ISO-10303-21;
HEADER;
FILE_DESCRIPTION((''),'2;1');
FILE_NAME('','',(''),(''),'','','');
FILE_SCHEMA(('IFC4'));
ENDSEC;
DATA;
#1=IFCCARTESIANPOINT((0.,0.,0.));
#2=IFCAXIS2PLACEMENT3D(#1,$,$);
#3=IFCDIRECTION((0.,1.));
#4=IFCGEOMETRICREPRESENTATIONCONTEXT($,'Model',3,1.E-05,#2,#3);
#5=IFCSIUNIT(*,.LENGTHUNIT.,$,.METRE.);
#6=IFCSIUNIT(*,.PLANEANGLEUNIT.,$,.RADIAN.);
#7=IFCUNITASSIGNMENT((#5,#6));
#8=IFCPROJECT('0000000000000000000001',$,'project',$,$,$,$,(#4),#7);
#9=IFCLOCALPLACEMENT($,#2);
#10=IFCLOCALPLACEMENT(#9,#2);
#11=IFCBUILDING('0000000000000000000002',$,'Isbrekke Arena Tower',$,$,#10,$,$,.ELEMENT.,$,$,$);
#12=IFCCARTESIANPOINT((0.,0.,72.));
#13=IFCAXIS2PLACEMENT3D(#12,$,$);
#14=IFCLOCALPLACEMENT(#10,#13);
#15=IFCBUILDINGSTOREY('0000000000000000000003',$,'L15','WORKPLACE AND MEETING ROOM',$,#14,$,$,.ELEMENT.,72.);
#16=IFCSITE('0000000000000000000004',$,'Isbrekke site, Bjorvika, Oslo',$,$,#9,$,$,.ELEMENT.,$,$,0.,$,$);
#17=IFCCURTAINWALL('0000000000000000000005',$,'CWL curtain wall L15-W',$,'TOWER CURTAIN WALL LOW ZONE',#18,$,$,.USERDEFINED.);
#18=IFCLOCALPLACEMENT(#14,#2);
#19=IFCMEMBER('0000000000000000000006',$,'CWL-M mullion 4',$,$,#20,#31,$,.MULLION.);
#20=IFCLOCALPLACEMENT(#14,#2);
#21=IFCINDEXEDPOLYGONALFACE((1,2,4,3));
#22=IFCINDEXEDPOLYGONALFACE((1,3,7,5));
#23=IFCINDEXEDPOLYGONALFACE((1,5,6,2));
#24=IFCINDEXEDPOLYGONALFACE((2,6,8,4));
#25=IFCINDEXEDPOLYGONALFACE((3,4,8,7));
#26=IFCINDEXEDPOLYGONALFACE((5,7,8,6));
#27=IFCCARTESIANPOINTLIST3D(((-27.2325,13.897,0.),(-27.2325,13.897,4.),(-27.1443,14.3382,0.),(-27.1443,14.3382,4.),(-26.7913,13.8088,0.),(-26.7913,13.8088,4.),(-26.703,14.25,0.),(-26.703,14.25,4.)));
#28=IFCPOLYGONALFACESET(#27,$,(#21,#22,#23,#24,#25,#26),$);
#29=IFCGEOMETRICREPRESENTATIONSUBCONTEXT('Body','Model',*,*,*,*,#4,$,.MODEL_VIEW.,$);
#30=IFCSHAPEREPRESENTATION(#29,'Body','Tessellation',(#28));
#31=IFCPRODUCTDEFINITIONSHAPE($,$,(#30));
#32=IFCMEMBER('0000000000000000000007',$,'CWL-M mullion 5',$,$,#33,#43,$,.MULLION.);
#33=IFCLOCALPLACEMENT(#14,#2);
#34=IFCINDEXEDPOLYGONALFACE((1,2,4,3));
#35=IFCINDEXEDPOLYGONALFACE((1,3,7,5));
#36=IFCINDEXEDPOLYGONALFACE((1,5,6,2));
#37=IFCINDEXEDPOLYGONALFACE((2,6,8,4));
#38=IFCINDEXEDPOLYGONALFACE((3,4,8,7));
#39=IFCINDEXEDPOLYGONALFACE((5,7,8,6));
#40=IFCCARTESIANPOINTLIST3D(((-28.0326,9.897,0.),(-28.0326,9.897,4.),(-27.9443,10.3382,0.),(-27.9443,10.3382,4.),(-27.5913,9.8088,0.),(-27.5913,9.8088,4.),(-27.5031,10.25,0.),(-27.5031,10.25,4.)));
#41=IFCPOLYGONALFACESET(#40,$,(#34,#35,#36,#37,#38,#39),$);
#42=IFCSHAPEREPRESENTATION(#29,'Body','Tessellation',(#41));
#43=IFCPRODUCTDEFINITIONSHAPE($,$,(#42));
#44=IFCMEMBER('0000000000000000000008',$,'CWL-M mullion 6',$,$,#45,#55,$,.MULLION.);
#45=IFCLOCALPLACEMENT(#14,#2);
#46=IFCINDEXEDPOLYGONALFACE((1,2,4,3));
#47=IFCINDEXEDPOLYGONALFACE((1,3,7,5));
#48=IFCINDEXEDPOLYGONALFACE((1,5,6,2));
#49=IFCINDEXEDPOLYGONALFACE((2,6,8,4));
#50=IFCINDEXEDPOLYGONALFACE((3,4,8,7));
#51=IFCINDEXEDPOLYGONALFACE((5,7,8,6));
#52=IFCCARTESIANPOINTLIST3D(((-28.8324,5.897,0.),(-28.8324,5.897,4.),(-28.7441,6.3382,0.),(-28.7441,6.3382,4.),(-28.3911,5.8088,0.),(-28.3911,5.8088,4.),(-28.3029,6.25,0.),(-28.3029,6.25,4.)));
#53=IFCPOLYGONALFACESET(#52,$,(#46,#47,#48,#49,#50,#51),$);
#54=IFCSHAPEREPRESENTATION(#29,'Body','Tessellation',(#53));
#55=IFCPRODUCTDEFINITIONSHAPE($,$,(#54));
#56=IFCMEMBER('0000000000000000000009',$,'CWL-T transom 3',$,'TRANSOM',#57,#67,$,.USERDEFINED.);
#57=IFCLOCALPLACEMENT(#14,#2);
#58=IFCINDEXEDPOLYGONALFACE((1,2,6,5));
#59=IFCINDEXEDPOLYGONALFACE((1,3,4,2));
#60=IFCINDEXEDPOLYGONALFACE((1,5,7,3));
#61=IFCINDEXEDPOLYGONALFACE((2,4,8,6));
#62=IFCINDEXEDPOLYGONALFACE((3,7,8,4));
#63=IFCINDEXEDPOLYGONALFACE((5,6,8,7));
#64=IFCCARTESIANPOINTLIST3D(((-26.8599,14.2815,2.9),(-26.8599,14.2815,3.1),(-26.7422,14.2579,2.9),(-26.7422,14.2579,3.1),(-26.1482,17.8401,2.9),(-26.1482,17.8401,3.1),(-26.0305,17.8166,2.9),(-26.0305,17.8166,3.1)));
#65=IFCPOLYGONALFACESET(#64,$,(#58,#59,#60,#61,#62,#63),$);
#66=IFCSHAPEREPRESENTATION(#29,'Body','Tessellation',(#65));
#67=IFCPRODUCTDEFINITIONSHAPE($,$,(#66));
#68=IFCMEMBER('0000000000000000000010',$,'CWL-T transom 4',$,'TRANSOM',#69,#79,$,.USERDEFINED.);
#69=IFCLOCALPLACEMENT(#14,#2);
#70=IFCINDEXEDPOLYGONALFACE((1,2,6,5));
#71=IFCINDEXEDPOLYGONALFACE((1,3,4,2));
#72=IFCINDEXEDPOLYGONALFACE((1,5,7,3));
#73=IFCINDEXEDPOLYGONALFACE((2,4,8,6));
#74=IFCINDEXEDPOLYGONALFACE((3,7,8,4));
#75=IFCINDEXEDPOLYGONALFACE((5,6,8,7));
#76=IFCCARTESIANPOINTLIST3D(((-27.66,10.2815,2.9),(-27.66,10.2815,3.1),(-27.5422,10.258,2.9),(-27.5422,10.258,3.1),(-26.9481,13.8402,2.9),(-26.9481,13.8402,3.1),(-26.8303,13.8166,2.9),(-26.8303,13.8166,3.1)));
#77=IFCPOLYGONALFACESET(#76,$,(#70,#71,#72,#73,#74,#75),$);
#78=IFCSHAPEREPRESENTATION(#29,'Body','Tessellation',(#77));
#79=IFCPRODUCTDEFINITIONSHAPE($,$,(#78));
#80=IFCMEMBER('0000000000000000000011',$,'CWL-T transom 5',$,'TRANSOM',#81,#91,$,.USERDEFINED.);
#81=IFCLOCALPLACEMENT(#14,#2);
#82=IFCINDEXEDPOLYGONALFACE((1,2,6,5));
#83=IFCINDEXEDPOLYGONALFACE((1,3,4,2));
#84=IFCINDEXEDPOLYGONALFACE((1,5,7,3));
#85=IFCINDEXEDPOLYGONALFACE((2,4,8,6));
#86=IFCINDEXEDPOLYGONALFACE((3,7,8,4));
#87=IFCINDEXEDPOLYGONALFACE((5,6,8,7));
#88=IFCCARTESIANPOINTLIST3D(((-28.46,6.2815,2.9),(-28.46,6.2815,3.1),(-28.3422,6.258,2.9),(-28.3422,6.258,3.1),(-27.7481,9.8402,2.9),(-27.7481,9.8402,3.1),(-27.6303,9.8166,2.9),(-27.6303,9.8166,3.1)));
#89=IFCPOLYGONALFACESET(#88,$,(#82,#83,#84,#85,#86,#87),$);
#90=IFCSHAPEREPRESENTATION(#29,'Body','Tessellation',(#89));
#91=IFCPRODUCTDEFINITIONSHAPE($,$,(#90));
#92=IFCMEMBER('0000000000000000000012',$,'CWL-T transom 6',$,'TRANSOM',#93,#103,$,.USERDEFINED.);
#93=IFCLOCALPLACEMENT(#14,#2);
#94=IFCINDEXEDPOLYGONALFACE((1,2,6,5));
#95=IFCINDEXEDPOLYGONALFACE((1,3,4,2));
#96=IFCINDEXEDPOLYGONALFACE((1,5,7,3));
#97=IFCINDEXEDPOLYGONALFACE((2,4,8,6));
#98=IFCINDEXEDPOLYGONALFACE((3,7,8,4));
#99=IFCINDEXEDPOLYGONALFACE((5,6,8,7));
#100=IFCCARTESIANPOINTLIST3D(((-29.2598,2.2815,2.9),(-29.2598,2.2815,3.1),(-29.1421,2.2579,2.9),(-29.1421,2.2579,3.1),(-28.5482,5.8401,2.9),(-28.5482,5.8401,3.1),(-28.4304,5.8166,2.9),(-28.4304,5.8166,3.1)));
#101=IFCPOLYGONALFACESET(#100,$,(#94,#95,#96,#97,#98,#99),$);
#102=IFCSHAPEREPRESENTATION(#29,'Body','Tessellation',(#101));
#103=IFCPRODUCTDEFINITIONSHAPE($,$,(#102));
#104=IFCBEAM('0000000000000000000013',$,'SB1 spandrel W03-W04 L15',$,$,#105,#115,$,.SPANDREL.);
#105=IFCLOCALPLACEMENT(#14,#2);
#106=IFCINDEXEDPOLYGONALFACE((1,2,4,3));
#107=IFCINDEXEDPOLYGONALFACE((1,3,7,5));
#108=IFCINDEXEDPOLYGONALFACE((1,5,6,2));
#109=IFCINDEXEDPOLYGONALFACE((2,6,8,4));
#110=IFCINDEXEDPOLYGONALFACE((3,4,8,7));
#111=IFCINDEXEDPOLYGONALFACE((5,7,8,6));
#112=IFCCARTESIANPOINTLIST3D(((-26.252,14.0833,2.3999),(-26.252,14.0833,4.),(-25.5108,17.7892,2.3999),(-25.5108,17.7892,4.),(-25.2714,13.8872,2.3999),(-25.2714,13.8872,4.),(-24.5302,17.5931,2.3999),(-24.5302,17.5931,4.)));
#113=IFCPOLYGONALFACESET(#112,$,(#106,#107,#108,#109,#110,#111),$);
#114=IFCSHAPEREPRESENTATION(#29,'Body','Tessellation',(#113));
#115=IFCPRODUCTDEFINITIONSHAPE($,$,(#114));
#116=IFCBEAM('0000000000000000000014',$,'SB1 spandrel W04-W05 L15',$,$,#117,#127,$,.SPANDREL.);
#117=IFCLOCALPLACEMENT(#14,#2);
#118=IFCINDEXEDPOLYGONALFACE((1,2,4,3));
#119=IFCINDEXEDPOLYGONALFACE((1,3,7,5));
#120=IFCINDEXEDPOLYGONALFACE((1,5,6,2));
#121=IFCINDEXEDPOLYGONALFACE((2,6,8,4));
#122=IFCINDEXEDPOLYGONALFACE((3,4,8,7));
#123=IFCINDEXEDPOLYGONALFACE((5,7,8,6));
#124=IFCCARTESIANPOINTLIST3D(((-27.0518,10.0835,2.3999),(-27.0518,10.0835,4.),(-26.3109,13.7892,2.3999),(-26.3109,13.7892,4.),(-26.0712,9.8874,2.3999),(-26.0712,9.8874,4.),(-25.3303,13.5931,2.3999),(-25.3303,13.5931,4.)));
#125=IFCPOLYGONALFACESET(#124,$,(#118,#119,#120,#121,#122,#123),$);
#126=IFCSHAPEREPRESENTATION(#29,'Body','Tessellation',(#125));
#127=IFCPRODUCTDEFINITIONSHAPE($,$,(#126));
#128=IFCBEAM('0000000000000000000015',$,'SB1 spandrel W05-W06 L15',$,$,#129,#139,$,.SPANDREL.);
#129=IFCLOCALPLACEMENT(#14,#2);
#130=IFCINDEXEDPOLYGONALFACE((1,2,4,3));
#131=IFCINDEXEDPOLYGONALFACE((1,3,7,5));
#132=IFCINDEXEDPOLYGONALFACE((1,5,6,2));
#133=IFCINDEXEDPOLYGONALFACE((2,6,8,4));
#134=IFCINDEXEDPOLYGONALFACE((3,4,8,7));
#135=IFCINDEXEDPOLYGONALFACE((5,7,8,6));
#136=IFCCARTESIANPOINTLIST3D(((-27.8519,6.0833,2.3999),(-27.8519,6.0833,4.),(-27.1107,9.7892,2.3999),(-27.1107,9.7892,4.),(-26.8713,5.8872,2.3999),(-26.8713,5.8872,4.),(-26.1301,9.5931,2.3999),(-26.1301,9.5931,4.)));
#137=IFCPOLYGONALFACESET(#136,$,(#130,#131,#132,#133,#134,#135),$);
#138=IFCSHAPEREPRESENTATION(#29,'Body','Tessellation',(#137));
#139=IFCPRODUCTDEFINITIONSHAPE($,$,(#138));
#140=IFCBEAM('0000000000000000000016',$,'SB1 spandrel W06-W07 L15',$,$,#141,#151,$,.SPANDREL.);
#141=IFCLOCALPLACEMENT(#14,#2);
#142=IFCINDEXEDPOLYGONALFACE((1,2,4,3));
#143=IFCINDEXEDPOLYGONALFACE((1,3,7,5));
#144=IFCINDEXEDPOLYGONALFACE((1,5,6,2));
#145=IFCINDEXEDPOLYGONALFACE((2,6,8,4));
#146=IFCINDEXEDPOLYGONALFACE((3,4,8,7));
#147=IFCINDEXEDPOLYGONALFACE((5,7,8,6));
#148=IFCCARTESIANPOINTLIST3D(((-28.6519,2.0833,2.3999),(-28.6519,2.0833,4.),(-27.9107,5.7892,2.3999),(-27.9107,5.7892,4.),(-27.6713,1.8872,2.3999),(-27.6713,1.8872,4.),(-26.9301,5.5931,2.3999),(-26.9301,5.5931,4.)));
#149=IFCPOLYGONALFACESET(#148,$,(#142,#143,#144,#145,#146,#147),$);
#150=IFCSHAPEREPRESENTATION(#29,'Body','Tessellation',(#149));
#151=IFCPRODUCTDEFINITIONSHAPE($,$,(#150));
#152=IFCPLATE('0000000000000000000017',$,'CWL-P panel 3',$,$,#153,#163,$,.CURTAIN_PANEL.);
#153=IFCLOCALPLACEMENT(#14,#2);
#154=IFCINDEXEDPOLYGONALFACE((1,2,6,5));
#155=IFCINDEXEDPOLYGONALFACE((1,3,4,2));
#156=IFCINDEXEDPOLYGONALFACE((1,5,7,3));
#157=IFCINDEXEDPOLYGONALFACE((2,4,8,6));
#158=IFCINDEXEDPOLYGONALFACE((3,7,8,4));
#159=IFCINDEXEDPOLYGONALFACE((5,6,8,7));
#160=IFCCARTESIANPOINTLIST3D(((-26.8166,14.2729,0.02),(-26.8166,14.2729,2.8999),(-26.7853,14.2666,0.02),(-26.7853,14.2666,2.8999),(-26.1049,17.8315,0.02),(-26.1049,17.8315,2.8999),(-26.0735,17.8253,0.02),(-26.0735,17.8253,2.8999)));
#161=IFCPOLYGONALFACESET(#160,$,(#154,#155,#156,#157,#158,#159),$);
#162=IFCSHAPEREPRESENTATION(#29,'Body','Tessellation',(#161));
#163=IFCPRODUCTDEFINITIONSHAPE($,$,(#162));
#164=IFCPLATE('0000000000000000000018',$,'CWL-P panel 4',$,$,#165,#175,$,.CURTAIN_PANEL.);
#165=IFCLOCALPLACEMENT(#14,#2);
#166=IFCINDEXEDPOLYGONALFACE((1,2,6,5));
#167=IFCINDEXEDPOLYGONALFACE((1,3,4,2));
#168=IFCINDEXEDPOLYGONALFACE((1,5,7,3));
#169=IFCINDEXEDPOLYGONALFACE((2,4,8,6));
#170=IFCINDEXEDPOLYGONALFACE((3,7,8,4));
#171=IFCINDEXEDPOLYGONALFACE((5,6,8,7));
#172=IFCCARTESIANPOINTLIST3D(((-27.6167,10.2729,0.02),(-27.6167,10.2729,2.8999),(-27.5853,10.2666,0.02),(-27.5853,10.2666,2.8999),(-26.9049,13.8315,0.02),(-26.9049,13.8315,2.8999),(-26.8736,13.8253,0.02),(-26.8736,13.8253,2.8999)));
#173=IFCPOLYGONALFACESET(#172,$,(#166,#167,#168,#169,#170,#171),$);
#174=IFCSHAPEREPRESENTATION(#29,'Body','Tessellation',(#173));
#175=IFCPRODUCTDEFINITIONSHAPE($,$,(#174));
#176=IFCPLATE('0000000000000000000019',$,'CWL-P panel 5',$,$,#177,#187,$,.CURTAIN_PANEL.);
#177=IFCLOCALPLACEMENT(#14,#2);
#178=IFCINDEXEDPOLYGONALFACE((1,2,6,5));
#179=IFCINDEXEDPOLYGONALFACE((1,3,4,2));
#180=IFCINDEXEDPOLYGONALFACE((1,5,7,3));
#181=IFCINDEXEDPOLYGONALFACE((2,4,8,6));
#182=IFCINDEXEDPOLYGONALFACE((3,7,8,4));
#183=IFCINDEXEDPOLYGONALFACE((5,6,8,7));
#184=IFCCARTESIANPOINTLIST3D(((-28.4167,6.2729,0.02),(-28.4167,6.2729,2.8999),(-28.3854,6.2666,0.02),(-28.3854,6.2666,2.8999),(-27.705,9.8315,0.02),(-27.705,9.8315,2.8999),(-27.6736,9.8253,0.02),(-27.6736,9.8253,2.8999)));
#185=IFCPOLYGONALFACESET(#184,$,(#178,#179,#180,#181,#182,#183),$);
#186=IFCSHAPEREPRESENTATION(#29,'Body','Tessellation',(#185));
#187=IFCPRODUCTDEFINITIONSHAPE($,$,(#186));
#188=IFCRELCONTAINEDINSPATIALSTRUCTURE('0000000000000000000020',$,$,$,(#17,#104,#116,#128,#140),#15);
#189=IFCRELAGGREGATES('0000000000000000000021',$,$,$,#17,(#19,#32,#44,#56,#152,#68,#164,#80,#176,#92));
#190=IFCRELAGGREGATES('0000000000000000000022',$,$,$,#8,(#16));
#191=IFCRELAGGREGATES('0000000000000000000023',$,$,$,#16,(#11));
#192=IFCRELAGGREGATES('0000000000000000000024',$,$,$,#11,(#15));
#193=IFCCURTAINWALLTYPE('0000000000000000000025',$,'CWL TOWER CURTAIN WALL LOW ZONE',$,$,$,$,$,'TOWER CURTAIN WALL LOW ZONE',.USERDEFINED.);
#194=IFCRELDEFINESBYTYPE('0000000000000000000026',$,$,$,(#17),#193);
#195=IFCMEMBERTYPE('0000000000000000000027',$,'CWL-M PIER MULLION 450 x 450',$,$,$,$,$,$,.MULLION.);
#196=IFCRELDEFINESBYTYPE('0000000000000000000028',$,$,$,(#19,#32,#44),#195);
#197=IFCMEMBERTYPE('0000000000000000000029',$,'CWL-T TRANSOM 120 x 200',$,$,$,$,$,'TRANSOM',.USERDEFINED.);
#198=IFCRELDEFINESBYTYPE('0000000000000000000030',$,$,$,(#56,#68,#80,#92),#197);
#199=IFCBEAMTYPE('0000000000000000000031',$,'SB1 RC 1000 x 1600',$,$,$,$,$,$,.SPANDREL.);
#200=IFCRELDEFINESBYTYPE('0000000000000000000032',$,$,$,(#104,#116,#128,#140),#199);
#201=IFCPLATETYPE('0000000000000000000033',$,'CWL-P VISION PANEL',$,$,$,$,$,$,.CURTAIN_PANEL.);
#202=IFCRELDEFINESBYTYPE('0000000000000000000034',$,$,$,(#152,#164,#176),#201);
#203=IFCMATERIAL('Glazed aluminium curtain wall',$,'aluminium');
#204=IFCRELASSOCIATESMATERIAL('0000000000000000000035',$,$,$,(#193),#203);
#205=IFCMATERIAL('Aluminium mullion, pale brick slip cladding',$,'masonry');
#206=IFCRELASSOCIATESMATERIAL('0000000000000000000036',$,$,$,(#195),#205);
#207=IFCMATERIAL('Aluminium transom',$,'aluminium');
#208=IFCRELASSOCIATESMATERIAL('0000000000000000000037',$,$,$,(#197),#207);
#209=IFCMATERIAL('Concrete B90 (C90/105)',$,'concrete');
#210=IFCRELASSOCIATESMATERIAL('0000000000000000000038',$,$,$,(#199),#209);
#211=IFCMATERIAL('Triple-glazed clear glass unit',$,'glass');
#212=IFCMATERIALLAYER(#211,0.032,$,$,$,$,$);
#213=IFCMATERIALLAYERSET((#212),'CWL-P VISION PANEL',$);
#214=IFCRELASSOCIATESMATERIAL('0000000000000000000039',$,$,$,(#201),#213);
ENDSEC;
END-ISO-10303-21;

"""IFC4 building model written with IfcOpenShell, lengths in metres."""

from ifc_helpers import new_model, si_unit, direction, frame, origin, origin_2d, place, context, subcontext, project, spatial, rectangle, extrude, material, layer, layer_set, material_profile, profile_set, type_object, element, aggregate, save


model = new_model("IFC4")

# Units and contexts
model_context = context("Model", 3, precision=1e-05, world=origin(), true_north=direction((0.0, 1.0)))
body_context = subcontext(model_context, "Body", "Model", "MODEL_VIEW")
ifc_project = project(units=[si_unit("LENGTHUNIT", "METRE"), si_unit("PLANEANGLEUNIT", "RADIAN")], contexts=[model_context])

# Site, building, storey
site_placement = place(None, origin())
site = spatial("IfcSite", under=ifc_project, at=site_placement, Name="Isbrekke site, Bjorvika, Oslo", CompositionType="ELEMENT", RefElevation=0.0)
building_placement = place(site_placement, origin())
building = spatial("IfcBuilding", under=site, at=building_placement, Name="Isbrekke Arena Tower", CompositionType="ELEMENT")
storey_placement = place(building_placement, frame((0.0, 0.0, 72.0)))
storey = spatial("IfcBuildingStorey", under=building, at=storey_placement, Name="L15", Description="WORKPLACE AND MEETING ROOM", CompositionType="ELEMENT", Elevation=72.0)

# Curtain wall, members
ifc_material_1 = material(Name="Glazed aluminium curtain wall", Category="aluminium")
curtain_wall_type = type_object("IfcCurtainWallType", Name="CWL TOWER CURTAIN WALL LOW ZONE", ElementType="TOWER CURTAIN WALL LOW ZONE", PredefinedType="USERDEFINED", material=ifc_material_1)
curtain_wall_placement = place(storey_placement, origin())
curtain_wall = element("IfcCurtainWall", 1, at=curtain_wall_placement, inside=storey, type_object=curtain_wall_type, Name="CWL curtain wall L15-W", ObjectType="TOWER CURTAIN WALL LOW ZONE", PredefinedType="USERDEFINED")
ifc_material_2 = material(Name="Aluminium mullion, pale brick slip cladding", Category="masonry")
ifc_material_profile_1 = material_profile(ifc_material_2, rectangle(XDim=0.45, YDim=0.45, at=origin_2d()), Name="PIER 450X450")
ifc_profile_set_1 = profile_set([ifc_material_profile_1], Name="Aluminium mullion, pale brick slip cladding")
member_type_1 = type_object("IfcMemberType", Name="CWL-M PIER MULLION 450 x 450", PredefinedType="MULLION", material=ifc_profile_set_1)
member_1_placement = place(storey_placement, frame((-26.9678, 14.0735, 0.0), z_axis=(0.0, 0.0, 1.0), x_axis=(-0.196116, -0.980581, 0.0)))
member_1 = element("IfcMember", 2, at=member_1_placement, type_object=member_type_1, Name="CWL-M mullion 4", PredefinedType="MULLION", context=body_context, shape_type="SweptSolid", body=[
    extrude(rectangle(XDim=0.45, YDim=0.45, at=origin_2d()), origin(), (0.0, 0.0, 1.0), 4.0),
])
member_2_placement = place(storey_placement, frame((-27.7678, 10.0735, 0.0), z_axis=(0.0, 0.0, 1.0), x_axis=(-0.196116, -0.980581, 0.0)))
member_2 = element("IfcMember", 3, at=member_2_placement, type_object=member_type_1, Name="CWL-M mullion 5", PredefinedType="MULLION", context=body_context, shape_type="SweptSolid", body=[
    extrude(rectangle(XDim=0.45, YDim=0.45, at=origin_2d()), origin(), (0.0, 0.0, 1.0), 4.0),
])
member_3_placement = place(storey_placement, frame((-28.5676, 6.0735, 0.0), z_axis=(0.0, 0.0, 1.0), x_axis=(-0.196116, -0.980581, 0.0)))
member_3 = element("IfcMember", 4, at=member_3_placement, type_object=member_type_1, Name="CWL-M mullion 6", PredefinedType="MULLION", context=body_context, shape_type="SweptSolid", body=[
    extrude(rectangle(XDim=0.45, YDim=0.45, at=origin_2d()), origin(), (0.0, 0.0, 1.0), 4.0),
])
ifc_material_3 = material(Name="Aluminium transom", Category="aluminium")
ifc_material_profile_2 = material_profile(ifc_material_3, rectangle(XDim=0.1201, YDim=0.2, at=origin_2d()), Name="TRANSOM 120X200")
ifc_profile_set_2 = profile_set([ifc_material_profile_2], Name="Aluminium transom")
member_type_2 = type_object("IfcMemberType", Name="CWL-T TRANSOM 120 x 200", ElementType="TRANSOM", PredefinedType="USERDEFINED", material=ifc_profile_set_2)
member_4_placement = place(storey_placement, frame((-26.0894, 17.8284, 3.0), z_axis=(-0.196103, -0.980583, 0.0), x_axis=(0.980583, -0.196103, 0.0)))
member_4 = element("IfcMember", 5, at=member_4_placement, type_object=member_type_2, Name="CWL-T transom 3", ObjectType="TRANSOM", PredefinedType="USERDEFINED", context=body_context, shape_type="SweptSolid", body=[
    extrude(rectangle(XDim=0.1201, YDim=0.2, at=origin_2d()), origin(), (0.0, 0.0, 1.0), 3.6292),
])
member_5_placement = place(storey_placement, frame((-26.8892, 13.8284, 3.0), z_axis=(-0.196168, -0.98057, 0.0), x_axis=(0.98057, -0.196168, 0.0)))
member_5 = element("IfcMember", 6, at=member_5_placement, type_object=member_type_2, Name="CWL-T transom 4", ObjectType="TRANSOM", PredefinedType="USERDEFINED", context=body_context, shape_type="SweptSolid", body=[
    extrude(rectangle(XDim=0.1201, YDim=0.2, at=origin_2d()), origin(), (0.0, 0.0, 1.0), 3.6292),
])
member_6_placement = place(storey_placement, frame((-27.6892, 9.8284, 3.0), z_axis=(-0.196168, -0.98057, 0.0), x_axis=(0.98057, -0.196168, 0.0)))
member_6 = element("IfcMember", 7, at=member_6_placement, type_object=member_type_2, Name="CWL-T transom 5", ObjectType="TRANSOM", PredefinedType="USERDEFINED", context=body_context, shape_type="SweptSolid", body=[
    extrude(rectangle(XDim=0.1201, YDim=0.2, at=origin_2d()), origin(), (0.0, 0.0, 1.0), 3.6292),
])
member_7_placement = place(storey_placement, frame((-28.4893, 5.8284, 3.0), z_axis=(-0.196103, -0.980583, 0.0), x_axis=(0.980583, -0.196103, 0.0)))
member_7 = element("IfcMember", 8, at=member_7_placement, type_object=member_type_2, Name="CWL-T transom 6", ObjectType="TRANSOM", PredefinedType="USERDEFINED", context=body_context, shape_type="SweptSolid", body=[
    extrude(rectangle(XDim=0.1201, YDim=0.2, at=origin_2d()), origin(), (0.0, 0.0, 1.0), 3.6292),
])

# Beams
ifc_material_4 = material(Name="Concrete B90 (C90/105)", Category="concrete")
ifc_material_profile_3 = material_profile(ifc_material_4, rectangle(XDim=1.0, YDim=1.6001, at=origin_2d()), Name="RC 1000x1600")
ifc_profile_set_3 = profile_set([ifc_material_profile_3], Name="Concrete B90 (C90/105)")
beam_type_1 = type_object("IfcBeamType", Name="SB1 RC 1000 x 1600", PredefinedType="SPANDREL", material=ifc_profile_set_3)
beam_1_placement = place(storey_placement, frame((-25.0205, 17.6912, 3.2), z_axis=(-0.196129, -0.980578, 0.0), x_axis=(0.980578, -0.196129, 0.0)))
element("IfcBeam", 9, at=beam_1_placement, inside=storey, type_object=beam_type_1, Name="SB1 spandrel W03-W04 L15", PredefinedType="SPANDREL", context=body_context, shape_type="SweptSolid", body=[
    extrude(rectangle(XDim=1.0, YDim=1.6001, at=origin_2d()), origin(), (0.0, 0.0, 1.0), 3.7793),
])
beam_2_placement = place(storey_placement, frame((-25.8206, 13.6912, 3.2), z_axis=(-0.196066, -0.980591, 0.0), x_axis=(0.980591, -0.196066, 0.0)))
element("IfcBeam", 10, at=beam_2_placement, inside=storey, type_object=beam_type_1, Name="SB1 spandrel W04-W05 L15", PredefinedType="SPANDREL", context=body_context, shape_type="SweptSolid", body=[
    extrude(rectangle(XDim=1.0, YDim=1.6001, at=origin_2d()), origin(), (0.0, 0.0, 1.0), 3.7791),
])
for number, where, z_axis, x_axis, name in (
    (11, (-26.6204, 9.6912, 3.2), (-0.196129, -0.980578, 0.0), (0.980578, -0.196129, 0.0), "SB1 spandrel W05-W06 L15"),
    (12, (-27.4204, 5.6912, 3.2), (-0.196129, -0.980578, 0.0), (0.980578, -0.196129, 0.0), "SB1 spandrel W06-W07 L15"),
):
    element("IfcBeam", number, at=place(storey_placement, frame(where, z_axis=z_axis, x_axis=x_axis)), inside=storey, type_object=beam_type_1, Name=name, PredefinedType="SPANDREL", context=body_context, shape_type="SweptSolid", body=[
        extrude(rectangle(XDim=1.0, YDim=1.6001, at=origin_2d()), origin(), (0.0, 0.0, 1.0), 3.7793),
    ])

# Plates
ifc_material_5 = material(Name="Triple-glazed clear glass unit", Category="glass")
ifc_layer_1 = layer(ifc_material_5, 0.032)
ifc_layer_set_1 = layer_set([ifc_layer_1], Name="CWL-P VISION PANEL")
plate_type = type_object("IfcPlateType", Name="CWL-P VISION PANEL", PredefinedType="CURTAIN_PANEL", material=ifc_layer_set_1)
plate_1_placement = place(storey_placement, frame((-26.4451, 16.0491, 0.02), z_axis=(0.0, 0.0, 1.0), x_axis=(-0.196116, -0.980581, 0.0)))
plate_1 = element("IfcPlate", 13, at=plate_1_placement, type_object=plate_type, Name="CWL-P panel 3", PredefinedType="CURTAIN_PANEL", context=body_context, shape_type="SweptSolid", body=[
    extrude(rectangle(XDim=3.6292, YDim=0.032, at=origin_2d()), origin(), (0.0, 0.0, 1.0), 2.8799),
])
plate_2_placement = place(storey_placement, frame((-27.2451, 12.0491, 0.02), z_axis=(0.0, 0.0, 1.0), x_axis=(-0.196116, -0.980581, 0.0)))
plate_2 = element("IfcPlate", 14, at=plate_2_placement, type_object=plate_type, Name="CWL-P panel 4", PredefinedType="CURTAIN_PANEL", context=body_context, shape_type="SweptSolid", body=[
    extrude(rectangle(XDim=3.6292, YDim=0.032, at=origin_2d()), origin(), (0.0, 0.0, 1.0), 2.8799),
])
plate_3_placement = place(storey_placement, frame((-28.0452, 8.0491, 0.02), z_axis=(0.0, 0.0, 1.0), x_axis=(-0.196116, -0.980581, 0.0)))
plate_3 = element("IfcPlate", 15, at=plate_3_placement, type_object=plate_type, Name="CWL-P panel 5", PredefinedType="CURTAIN_PANEL", context=body_context, shape_type="SweptSolid", body=[
    extrude(rectangle(XDim=3.6292, YDim=0.032, at=origin_2d()), origin(), (0.0, 0.0, 1.0), 2.8799),
])
aggregate(curtain_wall, [member_1, member_2, member_3, member_4, plate_1, member_5, plate_2, member_6, plate_3, member_7])

save(model, "model.ifc")
